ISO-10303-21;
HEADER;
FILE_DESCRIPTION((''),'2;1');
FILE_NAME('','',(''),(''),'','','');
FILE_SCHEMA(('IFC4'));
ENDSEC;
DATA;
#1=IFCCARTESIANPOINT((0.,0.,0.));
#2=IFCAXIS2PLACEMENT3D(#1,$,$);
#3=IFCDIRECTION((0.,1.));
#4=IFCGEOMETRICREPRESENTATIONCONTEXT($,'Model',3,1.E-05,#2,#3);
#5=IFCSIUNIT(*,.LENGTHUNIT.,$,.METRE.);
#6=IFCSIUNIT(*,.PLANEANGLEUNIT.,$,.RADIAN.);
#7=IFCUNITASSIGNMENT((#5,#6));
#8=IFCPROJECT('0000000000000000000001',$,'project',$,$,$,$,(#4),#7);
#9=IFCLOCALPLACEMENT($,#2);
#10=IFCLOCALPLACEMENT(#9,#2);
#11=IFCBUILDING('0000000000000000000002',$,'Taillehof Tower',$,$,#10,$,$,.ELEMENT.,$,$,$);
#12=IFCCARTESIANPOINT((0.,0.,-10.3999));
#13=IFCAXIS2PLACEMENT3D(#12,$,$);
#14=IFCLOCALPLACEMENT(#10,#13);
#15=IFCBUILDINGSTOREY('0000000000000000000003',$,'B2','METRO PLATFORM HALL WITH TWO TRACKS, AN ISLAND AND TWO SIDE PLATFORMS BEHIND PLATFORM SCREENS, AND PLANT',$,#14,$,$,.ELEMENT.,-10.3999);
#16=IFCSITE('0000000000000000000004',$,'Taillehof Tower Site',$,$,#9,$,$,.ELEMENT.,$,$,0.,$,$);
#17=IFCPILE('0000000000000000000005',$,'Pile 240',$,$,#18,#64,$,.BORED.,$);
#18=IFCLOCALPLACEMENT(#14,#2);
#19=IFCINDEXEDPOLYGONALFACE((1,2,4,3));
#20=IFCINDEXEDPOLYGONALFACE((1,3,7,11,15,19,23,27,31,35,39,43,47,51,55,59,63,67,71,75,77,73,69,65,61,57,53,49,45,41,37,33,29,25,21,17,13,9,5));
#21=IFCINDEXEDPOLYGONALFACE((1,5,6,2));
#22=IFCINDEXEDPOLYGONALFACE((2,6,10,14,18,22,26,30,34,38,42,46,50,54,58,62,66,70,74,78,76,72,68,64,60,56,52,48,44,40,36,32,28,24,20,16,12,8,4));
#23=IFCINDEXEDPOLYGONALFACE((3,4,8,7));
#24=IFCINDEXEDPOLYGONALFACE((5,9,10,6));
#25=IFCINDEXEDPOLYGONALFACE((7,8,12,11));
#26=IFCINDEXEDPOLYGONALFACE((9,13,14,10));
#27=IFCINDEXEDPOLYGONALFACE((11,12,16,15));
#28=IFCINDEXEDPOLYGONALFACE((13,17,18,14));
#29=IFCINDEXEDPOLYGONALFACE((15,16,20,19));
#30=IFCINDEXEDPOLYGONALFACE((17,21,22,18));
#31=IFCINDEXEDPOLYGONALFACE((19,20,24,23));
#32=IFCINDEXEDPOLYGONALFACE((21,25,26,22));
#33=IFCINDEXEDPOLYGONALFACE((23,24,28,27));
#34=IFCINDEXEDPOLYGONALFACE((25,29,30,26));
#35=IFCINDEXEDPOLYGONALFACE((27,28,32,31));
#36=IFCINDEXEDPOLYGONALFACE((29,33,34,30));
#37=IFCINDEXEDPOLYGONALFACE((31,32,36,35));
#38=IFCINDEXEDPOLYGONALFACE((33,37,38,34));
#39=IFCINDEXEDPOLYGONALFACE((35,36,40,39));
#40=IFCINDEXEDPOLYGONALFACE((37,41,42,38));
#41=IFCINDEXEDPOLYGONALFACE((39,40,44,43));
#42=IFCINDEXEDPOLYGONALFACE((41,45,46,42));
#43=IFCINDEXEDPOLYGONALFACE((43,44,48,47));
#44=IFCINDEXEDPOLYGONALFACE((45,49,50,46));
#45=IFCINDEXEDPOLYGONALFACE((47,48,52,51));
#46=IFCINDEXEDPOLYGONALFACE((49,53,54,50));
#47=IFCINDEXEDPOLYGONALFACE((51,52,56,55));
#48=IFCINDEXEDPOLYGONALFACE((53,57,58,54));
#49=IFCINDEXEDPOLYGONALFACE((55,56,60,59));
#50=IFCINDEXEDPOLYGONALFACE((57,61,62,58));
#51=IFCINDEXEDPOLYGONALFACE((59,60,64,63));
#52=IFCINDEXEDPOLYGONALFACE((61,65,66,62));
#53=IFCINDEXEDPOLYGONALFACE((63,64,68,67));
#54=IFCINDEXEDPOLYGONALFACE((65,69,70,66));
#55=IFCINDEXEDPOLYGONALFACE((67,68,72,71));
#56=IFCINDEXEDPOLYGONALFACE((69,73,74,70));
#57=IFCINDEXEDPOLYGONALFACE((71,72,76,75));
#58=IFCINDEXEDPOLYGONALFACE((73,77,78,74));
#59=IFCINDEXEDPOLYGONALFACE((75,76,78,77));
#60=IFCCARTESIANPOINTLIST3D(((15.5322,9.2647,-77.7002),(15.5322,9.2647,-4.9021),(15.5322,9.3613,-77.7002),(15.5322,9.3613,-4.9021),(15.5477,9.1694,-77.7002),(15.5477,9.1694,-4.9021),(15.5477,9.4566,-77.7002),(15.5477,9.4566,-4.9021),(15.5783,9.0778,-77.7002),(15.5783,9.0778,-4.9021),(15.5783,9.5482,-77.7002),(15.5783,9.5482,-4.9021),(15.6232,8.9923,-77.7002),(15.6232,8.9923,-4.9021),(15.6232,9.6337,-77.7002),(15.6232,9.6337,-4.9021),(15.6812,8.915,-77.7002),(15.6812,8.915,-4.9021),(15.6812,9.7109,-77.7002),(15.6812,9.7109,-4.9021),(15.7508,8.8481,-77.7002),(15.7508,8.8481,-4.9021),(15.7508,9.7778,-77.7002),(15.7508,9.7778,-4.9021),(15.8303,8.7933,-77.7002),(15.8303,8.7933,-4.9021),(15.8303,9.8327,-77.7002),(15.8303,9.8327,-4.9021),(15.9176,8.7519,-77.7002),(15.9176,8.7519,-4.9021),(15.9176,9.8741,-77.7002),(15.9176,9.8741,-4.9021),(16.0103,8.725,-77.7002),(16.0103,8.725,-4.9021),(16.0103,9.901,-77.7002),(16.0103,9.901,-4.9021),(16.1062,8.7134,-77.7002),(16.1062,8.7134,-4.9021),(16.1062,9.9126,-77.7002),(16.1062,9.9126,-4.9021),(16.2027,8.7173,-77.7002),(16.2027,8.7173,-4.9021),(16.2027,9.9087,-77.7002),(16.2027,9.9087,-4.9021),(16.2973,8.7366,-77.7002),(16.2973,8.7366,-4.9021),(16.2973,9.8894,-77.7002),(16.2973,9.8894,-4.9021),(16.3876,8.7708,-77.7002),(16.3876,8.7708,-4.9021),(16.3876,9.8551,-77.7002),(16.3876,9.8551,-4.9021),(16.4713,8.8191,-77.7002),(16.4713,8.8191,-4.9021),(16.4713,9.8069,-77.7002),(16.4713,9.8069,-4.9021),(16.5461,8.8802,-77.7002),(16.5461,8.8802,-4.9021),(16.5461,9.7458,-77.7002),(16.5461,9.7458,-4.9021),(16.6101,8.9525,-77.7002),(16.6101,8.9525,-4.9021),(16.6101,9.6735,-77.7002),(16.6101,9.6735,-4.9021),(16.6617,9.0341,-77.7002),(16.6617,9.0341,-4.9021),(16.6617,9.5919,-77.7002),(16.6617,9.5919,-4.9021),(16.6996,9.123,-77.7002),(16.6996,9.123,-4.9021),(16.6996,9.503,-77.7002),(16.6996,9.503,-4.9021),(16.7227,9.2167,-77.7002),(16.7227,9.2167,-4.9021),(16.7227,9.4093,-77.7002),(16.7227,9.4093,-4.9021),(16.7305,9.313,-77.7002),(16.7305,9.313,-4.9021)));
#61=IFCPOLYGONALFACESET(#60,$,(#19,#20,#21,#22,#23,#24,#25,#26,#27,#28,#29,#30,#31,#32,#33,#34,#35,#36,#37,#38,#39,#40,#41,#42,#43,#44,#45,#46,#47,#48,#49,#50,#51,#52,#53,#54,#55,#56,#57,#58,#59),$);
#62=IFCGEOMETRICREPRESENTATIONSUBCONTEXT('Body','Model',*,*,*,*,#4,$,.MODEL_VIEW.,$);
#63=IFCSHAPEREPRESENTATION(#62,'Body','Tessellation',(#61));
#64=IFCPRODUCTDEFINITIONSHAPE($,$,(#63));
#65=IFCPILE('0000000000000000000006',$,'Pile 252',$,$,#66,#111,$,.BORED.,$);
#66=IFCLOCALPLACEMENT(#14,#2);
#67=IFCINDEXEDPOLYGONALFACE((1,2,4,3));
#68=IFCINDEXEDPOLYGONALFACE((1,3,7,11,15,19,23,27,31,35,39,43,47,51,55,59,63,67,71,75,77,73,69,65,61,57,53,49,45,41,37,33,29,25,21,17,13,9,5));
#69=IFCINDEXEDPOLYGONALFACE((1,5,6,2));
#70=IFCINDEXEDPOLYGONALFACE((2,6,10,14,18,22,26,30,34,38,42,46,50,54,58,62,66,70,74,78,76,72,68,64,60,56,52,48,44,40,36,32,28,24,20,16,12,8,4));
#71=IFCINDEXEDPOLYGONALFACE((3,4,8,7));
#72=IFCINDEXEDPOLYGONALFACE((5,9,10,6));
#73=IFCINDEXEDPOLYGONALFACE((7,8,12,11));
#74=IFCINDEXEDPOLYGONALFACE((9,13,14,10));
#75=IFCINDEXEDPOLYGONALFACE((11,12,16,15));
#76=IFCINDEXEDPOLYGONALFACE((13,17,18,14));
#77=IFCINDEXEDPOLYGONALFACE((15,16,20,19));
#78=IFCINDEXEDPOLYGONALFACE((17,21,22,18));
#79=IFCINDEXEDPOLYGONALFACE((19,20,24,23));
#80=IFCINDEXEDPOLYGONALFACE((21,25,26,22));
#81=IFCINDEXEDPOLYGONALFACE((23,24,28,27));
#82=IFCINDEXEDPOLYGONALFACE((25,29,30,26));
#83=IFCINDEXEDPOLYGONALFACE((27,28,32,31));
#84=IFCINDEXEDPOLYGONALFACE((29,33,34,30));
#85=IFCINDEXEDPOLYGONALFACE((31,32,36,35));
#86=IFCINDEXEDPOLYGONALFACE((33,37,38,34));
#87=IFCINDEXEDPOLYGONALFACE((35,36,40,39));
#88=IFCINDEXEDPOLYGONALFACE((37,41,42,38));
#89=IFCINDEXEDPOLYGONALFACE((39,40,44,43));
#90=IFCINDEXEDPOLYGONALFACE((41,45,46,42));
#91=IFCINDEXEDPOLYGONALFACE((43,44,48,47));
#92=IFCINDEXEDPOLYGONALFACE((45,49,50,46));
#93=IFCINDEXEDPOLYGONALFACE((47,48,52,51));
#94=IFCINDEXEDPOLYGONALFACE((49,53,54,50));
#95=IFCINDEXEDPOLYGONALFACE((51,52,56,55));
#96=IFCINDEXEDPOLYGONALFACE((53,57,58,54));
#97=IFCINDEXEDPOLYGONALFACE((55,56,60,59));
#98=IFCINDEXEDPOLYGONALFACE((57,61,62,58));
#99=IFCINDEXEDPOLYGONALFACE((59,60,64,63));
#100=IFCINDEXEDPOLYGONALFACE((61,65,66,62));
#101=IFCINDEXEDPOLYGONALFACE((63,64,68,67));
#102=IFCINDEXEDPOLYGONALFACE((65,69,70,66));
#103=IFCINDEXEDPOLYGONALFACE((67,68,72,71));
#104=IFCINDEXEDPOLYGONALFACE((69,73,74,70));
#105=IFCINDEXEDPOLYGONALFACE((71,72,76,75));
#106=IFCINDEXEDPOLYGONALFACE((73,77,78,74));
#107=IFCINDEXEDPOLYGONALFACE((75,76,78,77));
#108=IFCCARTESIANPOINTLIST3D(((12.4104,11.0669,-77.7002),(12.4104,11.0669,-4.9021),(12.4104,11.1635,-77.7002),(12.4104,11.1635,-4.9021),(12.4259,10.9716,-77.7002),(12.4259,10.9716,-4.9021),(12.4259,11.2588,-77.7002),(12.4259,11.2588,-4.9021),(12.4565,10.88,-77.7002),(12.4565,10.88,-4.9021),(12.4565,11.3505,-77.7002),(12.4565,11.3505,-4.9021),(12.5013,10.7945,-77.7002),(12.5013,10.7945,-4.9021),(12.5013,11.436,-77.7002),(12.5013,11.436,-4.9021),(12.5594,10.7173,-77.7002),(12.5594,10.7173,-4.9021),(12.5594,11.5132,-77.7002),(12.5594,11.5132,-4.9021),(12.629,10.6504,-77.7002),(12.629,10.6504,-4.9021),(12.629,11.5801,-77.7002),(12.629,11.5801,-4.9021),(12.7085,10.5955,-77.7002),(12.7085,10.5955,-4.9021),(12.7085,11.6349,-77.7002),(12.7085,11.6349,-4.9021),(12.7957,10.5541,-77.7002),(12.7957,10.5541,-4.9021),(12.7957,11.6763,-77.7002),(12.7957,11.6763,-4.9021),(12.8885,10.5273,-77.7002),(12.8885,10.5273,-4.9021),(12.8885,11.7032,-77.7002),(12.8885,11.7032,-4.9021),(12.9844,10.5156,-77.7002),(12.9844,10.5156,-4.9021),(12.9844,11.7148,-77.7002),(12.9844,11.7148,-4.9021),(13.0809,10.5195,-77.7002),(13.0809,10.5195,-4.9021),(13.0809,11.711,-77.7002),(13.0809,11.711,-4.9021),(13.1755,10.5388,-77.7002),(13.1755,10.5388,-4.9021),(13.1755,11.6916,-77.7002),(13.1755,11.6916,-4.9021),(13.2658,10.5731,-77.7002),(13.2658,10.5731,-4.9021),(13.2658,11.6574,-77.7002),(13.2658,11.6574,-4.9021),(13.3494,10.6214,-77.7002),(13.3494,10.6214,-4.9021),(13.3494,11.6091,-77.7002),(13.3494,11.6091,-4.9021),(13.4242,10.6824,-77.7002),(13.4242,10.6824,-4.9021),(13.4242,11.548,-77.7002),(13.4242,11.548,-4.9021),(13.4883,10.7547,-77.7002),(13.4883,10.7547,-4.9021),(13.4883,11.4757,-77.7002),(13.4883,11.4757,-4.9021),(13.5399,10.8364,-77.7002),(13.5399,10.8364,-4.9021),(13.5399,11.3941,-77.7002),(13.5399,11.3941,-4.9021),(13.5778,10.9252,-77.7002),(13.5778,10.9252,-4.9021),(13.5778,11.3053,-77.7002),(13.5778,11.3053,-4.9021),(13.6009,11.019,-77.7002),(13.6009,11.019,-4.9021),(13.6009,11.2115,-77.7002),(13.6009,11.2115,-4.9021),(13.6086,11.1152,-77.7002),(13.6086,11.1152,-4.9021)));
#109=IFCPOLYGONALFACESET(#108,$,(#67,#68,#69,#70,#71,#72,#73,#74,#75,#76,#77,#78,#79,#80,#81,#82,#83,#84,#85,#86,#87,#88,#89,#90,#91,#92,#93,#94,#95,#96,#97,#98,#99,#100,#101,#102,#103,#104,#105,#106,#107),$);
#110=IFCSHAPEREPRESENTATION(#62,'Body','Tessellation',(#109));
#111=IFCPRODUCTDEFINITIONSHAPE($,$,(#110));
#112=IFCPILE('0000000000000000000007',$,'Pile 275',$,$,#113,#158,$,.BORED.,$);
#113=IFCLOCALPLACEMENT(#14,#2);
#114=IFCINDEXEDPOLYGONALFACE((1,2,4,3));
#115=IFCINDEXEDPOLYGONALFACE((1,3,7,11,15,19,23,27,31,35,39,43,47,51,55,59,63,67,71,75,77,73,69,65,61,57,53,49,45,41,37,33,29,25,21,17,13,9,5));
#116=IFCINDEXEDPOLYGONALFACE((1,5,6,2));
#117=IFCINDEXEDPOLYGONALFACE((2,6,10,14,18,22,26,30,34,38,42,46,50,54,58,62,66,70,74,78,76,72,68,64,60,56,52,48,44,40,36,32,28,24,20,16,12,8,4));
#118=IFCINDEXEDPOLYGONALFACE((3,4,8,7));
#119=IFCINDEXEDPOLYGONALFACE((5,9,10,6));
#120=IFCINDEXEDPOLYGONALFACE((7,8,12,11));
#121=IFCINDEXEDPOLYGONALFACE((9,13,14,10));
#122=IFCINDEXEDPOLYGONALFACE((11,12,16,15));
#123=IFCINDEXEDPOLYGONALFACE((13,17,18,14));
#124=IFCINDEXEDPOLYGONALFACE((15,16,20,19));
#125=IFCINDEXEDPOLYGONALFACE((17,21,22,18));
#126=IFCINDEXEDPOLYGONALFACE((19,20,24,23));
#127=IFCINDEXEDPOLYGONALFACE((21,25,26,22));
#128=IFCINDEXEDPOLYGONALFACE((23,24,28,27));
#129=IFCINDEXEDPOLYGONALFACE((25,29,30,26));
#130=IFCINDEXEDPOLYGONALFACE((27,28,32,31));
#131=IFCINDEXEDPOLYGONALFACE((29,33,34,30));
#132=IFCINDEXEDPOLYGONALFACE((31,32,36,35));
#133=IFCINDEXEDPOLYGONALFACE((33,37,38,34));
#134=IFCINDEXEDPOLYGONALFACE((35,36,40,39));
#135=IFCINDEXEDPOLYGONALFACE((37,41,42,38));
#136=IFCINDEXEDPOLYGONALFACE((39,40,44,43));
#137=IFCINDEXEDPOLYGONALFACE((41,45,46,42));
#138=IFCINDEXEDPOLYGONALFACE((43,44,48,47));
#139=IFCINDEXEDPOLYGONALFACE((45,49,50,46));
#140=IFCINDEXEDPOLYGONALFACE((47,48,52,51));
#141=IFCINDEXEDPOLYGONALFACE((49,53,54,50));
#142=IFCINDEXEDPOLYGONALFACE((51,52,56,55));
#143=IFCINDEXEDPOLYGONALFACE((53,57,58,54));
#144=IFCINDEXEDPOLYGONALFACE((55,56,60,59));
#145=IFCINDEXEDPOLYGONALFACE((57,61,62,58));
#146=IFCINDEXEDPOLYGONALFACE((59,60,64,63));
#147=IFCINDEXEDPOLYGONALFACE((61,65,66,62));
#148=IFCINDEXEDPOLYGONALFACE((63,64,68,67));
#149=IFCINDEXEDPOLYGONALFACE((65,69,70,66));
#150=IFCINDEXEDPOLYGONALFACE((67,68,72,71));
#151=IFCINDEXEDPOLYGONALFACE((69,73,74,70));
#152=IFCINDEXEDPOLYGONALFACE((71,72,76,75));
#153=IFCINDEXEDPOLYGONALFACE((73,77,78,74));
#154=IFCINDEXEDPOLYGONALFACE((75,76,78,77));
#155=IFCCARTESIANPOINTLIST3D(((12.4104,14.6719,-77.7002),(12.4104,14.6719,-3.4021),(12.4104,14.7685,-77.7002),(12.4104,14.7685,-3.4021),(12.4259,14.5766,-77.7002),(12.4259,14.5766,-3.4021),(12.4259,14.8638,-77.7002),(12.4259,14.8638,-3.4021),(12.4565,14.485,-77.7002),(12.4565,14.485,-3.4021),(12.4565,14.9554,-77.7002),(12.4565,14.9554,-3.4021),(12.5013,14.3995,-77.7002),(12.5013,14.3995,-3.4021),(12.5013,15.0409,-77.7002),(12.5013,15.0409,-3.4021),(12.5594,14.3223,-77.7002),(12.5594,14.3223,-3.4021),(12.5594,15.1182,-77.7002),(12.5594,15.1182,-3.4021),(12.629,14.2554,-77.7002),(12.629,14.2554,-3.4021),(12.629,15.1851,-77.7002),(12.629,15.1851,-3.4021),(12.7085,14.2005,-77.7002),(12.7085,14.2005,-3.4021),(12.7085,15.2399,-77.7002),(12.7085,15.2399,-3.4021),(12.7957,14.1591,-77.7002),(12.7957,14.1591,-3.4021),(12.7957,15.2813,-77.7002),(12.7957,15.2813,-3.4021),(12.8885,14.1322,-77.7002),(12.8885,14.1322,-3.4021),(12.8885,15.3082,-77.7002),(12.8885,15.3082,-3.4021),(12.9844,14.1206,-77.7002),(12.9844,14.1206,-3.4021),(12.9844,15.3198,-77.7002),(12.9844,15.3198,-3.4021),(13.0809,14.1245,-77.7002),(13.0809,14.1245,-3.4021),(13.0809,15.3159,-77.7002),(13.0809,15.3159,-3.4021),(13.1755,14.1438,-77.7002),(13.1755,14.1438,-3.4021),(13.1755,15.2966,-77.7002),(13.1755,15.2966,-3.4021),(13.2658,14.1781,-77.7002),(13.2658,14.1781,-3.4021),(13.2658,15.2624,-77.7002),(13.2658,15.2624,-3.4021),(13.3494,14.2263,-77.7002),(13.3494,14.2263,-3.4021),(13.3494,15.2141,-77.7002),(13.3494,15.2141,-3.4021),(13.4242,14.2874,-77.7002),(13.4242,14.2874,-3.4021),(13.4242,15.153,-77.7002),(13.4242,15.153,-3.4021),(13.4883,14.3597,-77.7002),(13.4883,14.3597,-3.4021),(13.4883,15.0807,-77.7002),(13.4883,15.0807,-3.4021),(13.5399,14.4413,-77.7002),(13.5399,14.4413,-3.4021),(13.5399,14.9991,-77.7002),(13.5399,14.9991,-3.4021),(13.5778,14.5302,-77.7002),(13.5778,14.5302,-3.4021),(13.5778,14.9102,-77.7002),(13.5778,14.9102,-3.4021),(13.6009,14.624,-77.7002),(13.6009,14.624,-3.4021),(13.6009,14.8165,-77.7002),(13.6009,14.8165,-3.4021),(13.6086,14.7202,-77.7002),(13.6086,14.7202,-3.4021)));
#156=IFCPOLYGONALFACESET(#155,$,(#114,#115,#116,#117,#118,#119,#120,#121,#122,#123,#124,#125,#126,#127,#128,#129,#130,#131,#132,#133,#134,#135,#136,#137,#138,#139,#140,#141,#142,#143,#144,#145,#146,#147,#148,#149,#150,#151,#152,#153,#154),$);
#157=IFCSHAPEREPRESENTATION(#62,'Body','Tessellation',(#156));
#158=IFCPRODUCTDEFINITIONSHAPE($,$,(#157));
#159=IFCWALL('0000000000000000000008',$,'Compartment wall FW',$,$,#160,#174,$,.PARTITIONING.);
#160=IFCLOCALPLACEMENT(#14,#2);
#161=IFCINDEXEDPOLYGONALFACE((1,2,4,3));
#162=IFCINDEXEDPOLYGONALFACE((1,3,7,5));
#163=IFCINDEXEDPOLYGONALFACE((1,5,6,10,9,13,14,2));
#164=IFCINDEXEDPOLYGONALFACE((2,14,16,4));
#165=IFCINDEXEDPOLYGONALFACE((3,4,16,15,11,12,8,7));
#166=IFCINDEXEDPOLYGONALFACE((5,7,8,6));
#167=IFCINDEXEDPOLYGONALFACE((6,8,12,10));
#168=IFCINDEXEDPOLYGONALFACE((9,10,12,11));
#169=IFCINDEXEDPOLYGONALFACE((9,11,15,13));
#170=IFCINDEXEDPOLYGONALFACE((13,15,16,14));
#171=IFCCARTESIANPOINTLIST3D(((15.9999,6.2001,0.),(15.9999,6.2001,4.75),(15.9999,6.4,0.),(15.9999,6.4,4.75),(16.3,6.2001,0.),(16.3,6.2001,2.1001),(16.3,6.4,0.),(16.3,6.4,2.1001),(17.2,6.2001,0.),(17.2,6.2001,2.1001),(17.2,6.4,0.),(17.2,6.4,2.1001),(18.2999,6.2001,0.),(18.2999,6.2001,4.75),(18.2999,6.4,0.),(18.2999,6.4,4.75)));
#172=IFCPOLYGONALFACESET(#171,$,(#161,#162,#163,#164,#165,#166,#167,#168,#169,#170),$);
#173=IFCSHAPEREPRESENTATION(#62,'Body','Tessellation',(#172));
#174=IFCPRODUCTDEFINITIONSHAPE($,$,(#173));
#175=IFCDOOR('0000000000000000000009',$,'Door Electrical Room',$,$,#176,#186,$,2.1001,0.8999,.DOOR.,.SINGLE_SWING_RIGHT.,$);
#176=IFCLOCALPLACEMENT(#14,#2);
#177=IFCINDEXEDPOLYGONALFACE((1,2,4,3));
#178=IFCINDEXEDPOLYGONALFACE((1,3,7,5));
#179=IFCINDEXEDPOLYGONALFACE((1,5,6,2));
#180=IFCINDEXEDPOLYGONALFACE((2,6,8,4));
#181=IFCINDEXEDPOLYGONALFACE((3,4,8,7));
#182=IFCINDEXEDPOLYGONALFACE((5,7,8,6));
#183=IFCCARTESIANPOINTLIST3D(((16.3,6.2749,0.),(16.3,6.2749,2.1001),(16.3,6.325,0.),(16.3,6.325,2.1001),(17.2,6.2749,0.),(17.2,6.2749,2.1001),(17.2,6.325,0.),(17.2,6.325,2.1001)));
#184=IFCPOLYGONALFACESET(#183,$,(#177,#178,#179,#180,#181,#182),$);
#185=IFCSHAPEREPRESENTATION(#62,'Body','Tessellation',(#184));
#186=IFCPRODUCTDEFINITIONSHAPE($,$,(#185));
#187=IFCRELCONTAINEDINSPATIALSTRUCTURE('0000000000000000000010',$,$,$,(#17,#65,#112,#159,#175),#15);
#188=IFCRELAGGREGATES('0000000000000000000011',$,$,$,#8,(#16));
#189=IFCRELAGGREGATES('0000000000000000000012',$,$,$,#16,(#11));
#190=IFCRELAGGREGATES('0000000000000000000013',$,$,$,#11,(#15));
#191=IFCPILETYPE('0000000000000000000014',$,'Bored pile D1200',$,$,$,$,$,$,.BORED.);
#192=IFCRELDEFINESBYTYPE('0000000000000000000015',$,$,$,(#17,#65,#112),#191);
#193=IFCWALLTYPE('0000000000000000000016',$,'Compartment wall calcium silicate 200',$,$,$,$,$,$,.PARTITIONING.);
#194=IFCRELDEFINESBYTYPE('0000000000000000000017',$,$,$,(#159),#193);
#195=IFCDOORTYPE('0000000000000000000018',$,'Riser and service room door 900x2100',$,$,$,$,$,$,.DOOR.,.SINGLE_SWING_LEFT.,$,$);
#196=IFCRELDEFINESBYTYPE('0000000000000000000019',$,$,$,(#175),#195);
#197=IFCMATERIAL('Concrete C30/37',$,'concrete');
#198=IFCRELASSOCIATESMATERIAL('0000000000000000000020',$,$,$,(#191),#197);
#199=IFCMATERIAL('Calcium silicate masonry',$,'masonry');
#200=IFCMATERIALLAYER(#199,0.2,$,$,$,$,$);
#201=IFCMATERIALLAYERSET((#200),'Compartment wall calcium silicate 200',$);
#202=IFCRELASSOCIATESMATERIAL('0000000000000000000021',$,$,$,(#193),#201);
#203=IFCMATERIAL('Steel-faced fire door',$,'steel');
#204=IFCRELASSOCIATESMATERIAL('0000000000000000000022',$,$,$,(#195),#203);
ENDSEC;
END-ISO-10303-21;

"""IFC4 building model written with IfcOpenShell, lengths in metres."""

from ifc_helpers import new_model, si_unit, direction, frame, frame_2d, origin, origin_2d, place, context, subcontext, project, spatial, rectangle, circle, extrude, material, layer, layer_set, material_profile, profile_set, type_object, element, fill, save


model = new_model("IFC4")

# Units and contexts
model_context = context("Model", 3, precision=1e-05, world=origin(), true_north=direction((0.0, 1.0)))
body_context = subcontext(model_context, "Body", "Model", "MODEL_VIEW")
ifc_project = project(units=[si_unit("LENGTHUNIT", "METRE"), si_unit("PLANEANGLEUNIT", "RADIAN")], contexts=[model_context])

# Site, building, storey
site_placement = place(None, origin())
site = spatial("IfcSite", under=ifc_project, at=site_placement, Name="Taillehof Tower Site", CompositionType="ELEMENT", RefElevation=0.0)
building_placement = place(site_placement, origin())
building = spatial("IfcBuilding", under=site, at=building_placement, Name="Taillehof Tower", CompositionType="ELEMENT")
storey_placement = place(building_placement, frame((0.0, 0.0, -10.3999)))
storey = spatial("IfcBuildingStorey", under=building, at=storey_placement, Name="B2", Description="METRO PLATFORM HALL WITH TWO TRACKS, AN ISLAND AND TWO SIDE PLATFORMS BEHIND PLATFORM SCREENS, AND PLANT", CompositionType="ELEMENT", Elevation=-10.3999)

# Piles
ifc_material_1 = material(Name="Concrete C30/37", Category="concrete")
ifc_material_profile = material_profile(ifc_material_1, circle(Radius=0.6001, at=origin_2d()), Name="BP D1200")
ifc_profile_set = profile_set([ifc_material_profile], Name="Concrete C30/37")
pile_type = type_object("IfcPileType", Name="Bored pile D1200", PredefinedType="BORED", material=ifc_profile_set)
for number, where, z_axis, x_axis, name in (
    (1, (16.1304, 9.313, -4.9021), (0.0, 0.0, -1.0), (1.0, 0.0, 0.0), "Pile 240"),
    (2, (13.0085, 11.1152, -4.9021), (0.0, 0.0, -1.0), (1.0, 0.0, 0.0), "Pile 252"),
):
    element("IfcPile", number, at=place(storey_placement, frame(where, z_axis=z_axis, x_axis=x_axis)), inside=storey, type_object=pile_type, Name=name, PredefinedType="BORED", context=body_context, shape_type="SweptSolid", body=[
        extrude(circle(Radius=0.6001, at=origin_2d()), origin(), (0.0, 0.0, 1.0), 72.7981),
    ])
pile_placement = place(storey_placement, frame((13.0085, 14.7202, -3.4021), z_axis=(0.0, 0.0, -1.0), x_axis=(1.0, 0.0, 0.0)))
element("IfcPile", 3, at=pile_placement, inside=storey, type_object=pile_type, Name="Pile 275", PredefinedType="BORED", context=body_context, shape_type="SweptSolid", body=[
    extrude(circle(Radius=0.6001, at=origin_2d()), origin(), (0.0, 0.0, 1.0), 74.2981),
])

# Wall, opening, door
ifc_material_2 = material(Name="Calcium silicate masonry", Category="masonry")
ifc_layer_1 = layer(ifc_material_2, 0.2)
ifc_layer_set_1 = layer_set([ifc_layer_1], Name="Compartment wall calcium silicate 200")
wall_type_1 = type_object("IfcWallType", Name="Compartment wall calcium silicate 200", PredefinedType="PARTITIONING", material=ifc_layer_set_1)
wall_1_placement = place(storey_placement, frame((16.0, 6.3, 0.0), z_axis=(0.0, 0.0, 1.0), x_axis=(1.0, 0.0, 0.0)))
wall_1 = element("IfcWall", 4, at=wall_1_placement, inside=storey, type_object=wall_type_1, Name="Compartment wall FW", PredefinedType="PARTITIONING", context=body_context, shape_type="SweptSolid", body=[
    extrude(rectangle(XDim=2.3, YDim=0.2, at=frame_2d((1.1499, 0.0))), origin(), (0.0, 0.0, 1.0), 4.75),
])
opening_1_placement = place(wall_1_placement, frame((0.3, 0.0, 0.0)))
opening_1 = element("IfcOpeningElement", 5, at=opening_1_placement, cuts=wall_1, PredefinedType="OPENING", context=body_context, shape_type="SweptSolid", body=[
    extrude(rectangle(XDim=0.8999, YDim=2.1001, at=frame_2d((0.45, 1.05))), frame((0.0, 0.1099, 0.0), z_axis=(0.0, -1.0, 0.0), x_axis=(1.0, 0.0, 0.0)), (0.0, 0.0, 1.0), 0.22),
])
ifc_material_3 = material(Name="Steel-faced fire door", Category="steel")
door_type_1 = type_object("IfcDoorType", Name="Riser and service room door 900x2100", OperationType="SINGLE_SWING_LEFT", PredefinedType="DOOR", material=ifc_material_3)
door_1_placement = place(opening_1_placement, origin())
door_1 = element("IfcDoor", 6, at=door_1_placement, inside=storey, type_object=door_type_1, Name="Door Electrical Room", OperationType="SINGLE_SWING_RIGHT", OverallHeight=2.1001, OverallWidth=0.8999, PredefinedType="DOOR", context=body_context, shape_type="SweptSolid", body=[
    extrude(rectangle(XDim=0.8999, YDim=2.1001, at=frame_2d((0.45, 1.05))), frame((0.0, 0.0249, 0.0), z_axis=(0.0, -1.0, 0.0), x_axis=(1.0, 0.0, 0.0)), (0.0, 0.0, 1.0), 0.05),
])
fill(opening_1, door_1)

save(model, "model.ifc")
